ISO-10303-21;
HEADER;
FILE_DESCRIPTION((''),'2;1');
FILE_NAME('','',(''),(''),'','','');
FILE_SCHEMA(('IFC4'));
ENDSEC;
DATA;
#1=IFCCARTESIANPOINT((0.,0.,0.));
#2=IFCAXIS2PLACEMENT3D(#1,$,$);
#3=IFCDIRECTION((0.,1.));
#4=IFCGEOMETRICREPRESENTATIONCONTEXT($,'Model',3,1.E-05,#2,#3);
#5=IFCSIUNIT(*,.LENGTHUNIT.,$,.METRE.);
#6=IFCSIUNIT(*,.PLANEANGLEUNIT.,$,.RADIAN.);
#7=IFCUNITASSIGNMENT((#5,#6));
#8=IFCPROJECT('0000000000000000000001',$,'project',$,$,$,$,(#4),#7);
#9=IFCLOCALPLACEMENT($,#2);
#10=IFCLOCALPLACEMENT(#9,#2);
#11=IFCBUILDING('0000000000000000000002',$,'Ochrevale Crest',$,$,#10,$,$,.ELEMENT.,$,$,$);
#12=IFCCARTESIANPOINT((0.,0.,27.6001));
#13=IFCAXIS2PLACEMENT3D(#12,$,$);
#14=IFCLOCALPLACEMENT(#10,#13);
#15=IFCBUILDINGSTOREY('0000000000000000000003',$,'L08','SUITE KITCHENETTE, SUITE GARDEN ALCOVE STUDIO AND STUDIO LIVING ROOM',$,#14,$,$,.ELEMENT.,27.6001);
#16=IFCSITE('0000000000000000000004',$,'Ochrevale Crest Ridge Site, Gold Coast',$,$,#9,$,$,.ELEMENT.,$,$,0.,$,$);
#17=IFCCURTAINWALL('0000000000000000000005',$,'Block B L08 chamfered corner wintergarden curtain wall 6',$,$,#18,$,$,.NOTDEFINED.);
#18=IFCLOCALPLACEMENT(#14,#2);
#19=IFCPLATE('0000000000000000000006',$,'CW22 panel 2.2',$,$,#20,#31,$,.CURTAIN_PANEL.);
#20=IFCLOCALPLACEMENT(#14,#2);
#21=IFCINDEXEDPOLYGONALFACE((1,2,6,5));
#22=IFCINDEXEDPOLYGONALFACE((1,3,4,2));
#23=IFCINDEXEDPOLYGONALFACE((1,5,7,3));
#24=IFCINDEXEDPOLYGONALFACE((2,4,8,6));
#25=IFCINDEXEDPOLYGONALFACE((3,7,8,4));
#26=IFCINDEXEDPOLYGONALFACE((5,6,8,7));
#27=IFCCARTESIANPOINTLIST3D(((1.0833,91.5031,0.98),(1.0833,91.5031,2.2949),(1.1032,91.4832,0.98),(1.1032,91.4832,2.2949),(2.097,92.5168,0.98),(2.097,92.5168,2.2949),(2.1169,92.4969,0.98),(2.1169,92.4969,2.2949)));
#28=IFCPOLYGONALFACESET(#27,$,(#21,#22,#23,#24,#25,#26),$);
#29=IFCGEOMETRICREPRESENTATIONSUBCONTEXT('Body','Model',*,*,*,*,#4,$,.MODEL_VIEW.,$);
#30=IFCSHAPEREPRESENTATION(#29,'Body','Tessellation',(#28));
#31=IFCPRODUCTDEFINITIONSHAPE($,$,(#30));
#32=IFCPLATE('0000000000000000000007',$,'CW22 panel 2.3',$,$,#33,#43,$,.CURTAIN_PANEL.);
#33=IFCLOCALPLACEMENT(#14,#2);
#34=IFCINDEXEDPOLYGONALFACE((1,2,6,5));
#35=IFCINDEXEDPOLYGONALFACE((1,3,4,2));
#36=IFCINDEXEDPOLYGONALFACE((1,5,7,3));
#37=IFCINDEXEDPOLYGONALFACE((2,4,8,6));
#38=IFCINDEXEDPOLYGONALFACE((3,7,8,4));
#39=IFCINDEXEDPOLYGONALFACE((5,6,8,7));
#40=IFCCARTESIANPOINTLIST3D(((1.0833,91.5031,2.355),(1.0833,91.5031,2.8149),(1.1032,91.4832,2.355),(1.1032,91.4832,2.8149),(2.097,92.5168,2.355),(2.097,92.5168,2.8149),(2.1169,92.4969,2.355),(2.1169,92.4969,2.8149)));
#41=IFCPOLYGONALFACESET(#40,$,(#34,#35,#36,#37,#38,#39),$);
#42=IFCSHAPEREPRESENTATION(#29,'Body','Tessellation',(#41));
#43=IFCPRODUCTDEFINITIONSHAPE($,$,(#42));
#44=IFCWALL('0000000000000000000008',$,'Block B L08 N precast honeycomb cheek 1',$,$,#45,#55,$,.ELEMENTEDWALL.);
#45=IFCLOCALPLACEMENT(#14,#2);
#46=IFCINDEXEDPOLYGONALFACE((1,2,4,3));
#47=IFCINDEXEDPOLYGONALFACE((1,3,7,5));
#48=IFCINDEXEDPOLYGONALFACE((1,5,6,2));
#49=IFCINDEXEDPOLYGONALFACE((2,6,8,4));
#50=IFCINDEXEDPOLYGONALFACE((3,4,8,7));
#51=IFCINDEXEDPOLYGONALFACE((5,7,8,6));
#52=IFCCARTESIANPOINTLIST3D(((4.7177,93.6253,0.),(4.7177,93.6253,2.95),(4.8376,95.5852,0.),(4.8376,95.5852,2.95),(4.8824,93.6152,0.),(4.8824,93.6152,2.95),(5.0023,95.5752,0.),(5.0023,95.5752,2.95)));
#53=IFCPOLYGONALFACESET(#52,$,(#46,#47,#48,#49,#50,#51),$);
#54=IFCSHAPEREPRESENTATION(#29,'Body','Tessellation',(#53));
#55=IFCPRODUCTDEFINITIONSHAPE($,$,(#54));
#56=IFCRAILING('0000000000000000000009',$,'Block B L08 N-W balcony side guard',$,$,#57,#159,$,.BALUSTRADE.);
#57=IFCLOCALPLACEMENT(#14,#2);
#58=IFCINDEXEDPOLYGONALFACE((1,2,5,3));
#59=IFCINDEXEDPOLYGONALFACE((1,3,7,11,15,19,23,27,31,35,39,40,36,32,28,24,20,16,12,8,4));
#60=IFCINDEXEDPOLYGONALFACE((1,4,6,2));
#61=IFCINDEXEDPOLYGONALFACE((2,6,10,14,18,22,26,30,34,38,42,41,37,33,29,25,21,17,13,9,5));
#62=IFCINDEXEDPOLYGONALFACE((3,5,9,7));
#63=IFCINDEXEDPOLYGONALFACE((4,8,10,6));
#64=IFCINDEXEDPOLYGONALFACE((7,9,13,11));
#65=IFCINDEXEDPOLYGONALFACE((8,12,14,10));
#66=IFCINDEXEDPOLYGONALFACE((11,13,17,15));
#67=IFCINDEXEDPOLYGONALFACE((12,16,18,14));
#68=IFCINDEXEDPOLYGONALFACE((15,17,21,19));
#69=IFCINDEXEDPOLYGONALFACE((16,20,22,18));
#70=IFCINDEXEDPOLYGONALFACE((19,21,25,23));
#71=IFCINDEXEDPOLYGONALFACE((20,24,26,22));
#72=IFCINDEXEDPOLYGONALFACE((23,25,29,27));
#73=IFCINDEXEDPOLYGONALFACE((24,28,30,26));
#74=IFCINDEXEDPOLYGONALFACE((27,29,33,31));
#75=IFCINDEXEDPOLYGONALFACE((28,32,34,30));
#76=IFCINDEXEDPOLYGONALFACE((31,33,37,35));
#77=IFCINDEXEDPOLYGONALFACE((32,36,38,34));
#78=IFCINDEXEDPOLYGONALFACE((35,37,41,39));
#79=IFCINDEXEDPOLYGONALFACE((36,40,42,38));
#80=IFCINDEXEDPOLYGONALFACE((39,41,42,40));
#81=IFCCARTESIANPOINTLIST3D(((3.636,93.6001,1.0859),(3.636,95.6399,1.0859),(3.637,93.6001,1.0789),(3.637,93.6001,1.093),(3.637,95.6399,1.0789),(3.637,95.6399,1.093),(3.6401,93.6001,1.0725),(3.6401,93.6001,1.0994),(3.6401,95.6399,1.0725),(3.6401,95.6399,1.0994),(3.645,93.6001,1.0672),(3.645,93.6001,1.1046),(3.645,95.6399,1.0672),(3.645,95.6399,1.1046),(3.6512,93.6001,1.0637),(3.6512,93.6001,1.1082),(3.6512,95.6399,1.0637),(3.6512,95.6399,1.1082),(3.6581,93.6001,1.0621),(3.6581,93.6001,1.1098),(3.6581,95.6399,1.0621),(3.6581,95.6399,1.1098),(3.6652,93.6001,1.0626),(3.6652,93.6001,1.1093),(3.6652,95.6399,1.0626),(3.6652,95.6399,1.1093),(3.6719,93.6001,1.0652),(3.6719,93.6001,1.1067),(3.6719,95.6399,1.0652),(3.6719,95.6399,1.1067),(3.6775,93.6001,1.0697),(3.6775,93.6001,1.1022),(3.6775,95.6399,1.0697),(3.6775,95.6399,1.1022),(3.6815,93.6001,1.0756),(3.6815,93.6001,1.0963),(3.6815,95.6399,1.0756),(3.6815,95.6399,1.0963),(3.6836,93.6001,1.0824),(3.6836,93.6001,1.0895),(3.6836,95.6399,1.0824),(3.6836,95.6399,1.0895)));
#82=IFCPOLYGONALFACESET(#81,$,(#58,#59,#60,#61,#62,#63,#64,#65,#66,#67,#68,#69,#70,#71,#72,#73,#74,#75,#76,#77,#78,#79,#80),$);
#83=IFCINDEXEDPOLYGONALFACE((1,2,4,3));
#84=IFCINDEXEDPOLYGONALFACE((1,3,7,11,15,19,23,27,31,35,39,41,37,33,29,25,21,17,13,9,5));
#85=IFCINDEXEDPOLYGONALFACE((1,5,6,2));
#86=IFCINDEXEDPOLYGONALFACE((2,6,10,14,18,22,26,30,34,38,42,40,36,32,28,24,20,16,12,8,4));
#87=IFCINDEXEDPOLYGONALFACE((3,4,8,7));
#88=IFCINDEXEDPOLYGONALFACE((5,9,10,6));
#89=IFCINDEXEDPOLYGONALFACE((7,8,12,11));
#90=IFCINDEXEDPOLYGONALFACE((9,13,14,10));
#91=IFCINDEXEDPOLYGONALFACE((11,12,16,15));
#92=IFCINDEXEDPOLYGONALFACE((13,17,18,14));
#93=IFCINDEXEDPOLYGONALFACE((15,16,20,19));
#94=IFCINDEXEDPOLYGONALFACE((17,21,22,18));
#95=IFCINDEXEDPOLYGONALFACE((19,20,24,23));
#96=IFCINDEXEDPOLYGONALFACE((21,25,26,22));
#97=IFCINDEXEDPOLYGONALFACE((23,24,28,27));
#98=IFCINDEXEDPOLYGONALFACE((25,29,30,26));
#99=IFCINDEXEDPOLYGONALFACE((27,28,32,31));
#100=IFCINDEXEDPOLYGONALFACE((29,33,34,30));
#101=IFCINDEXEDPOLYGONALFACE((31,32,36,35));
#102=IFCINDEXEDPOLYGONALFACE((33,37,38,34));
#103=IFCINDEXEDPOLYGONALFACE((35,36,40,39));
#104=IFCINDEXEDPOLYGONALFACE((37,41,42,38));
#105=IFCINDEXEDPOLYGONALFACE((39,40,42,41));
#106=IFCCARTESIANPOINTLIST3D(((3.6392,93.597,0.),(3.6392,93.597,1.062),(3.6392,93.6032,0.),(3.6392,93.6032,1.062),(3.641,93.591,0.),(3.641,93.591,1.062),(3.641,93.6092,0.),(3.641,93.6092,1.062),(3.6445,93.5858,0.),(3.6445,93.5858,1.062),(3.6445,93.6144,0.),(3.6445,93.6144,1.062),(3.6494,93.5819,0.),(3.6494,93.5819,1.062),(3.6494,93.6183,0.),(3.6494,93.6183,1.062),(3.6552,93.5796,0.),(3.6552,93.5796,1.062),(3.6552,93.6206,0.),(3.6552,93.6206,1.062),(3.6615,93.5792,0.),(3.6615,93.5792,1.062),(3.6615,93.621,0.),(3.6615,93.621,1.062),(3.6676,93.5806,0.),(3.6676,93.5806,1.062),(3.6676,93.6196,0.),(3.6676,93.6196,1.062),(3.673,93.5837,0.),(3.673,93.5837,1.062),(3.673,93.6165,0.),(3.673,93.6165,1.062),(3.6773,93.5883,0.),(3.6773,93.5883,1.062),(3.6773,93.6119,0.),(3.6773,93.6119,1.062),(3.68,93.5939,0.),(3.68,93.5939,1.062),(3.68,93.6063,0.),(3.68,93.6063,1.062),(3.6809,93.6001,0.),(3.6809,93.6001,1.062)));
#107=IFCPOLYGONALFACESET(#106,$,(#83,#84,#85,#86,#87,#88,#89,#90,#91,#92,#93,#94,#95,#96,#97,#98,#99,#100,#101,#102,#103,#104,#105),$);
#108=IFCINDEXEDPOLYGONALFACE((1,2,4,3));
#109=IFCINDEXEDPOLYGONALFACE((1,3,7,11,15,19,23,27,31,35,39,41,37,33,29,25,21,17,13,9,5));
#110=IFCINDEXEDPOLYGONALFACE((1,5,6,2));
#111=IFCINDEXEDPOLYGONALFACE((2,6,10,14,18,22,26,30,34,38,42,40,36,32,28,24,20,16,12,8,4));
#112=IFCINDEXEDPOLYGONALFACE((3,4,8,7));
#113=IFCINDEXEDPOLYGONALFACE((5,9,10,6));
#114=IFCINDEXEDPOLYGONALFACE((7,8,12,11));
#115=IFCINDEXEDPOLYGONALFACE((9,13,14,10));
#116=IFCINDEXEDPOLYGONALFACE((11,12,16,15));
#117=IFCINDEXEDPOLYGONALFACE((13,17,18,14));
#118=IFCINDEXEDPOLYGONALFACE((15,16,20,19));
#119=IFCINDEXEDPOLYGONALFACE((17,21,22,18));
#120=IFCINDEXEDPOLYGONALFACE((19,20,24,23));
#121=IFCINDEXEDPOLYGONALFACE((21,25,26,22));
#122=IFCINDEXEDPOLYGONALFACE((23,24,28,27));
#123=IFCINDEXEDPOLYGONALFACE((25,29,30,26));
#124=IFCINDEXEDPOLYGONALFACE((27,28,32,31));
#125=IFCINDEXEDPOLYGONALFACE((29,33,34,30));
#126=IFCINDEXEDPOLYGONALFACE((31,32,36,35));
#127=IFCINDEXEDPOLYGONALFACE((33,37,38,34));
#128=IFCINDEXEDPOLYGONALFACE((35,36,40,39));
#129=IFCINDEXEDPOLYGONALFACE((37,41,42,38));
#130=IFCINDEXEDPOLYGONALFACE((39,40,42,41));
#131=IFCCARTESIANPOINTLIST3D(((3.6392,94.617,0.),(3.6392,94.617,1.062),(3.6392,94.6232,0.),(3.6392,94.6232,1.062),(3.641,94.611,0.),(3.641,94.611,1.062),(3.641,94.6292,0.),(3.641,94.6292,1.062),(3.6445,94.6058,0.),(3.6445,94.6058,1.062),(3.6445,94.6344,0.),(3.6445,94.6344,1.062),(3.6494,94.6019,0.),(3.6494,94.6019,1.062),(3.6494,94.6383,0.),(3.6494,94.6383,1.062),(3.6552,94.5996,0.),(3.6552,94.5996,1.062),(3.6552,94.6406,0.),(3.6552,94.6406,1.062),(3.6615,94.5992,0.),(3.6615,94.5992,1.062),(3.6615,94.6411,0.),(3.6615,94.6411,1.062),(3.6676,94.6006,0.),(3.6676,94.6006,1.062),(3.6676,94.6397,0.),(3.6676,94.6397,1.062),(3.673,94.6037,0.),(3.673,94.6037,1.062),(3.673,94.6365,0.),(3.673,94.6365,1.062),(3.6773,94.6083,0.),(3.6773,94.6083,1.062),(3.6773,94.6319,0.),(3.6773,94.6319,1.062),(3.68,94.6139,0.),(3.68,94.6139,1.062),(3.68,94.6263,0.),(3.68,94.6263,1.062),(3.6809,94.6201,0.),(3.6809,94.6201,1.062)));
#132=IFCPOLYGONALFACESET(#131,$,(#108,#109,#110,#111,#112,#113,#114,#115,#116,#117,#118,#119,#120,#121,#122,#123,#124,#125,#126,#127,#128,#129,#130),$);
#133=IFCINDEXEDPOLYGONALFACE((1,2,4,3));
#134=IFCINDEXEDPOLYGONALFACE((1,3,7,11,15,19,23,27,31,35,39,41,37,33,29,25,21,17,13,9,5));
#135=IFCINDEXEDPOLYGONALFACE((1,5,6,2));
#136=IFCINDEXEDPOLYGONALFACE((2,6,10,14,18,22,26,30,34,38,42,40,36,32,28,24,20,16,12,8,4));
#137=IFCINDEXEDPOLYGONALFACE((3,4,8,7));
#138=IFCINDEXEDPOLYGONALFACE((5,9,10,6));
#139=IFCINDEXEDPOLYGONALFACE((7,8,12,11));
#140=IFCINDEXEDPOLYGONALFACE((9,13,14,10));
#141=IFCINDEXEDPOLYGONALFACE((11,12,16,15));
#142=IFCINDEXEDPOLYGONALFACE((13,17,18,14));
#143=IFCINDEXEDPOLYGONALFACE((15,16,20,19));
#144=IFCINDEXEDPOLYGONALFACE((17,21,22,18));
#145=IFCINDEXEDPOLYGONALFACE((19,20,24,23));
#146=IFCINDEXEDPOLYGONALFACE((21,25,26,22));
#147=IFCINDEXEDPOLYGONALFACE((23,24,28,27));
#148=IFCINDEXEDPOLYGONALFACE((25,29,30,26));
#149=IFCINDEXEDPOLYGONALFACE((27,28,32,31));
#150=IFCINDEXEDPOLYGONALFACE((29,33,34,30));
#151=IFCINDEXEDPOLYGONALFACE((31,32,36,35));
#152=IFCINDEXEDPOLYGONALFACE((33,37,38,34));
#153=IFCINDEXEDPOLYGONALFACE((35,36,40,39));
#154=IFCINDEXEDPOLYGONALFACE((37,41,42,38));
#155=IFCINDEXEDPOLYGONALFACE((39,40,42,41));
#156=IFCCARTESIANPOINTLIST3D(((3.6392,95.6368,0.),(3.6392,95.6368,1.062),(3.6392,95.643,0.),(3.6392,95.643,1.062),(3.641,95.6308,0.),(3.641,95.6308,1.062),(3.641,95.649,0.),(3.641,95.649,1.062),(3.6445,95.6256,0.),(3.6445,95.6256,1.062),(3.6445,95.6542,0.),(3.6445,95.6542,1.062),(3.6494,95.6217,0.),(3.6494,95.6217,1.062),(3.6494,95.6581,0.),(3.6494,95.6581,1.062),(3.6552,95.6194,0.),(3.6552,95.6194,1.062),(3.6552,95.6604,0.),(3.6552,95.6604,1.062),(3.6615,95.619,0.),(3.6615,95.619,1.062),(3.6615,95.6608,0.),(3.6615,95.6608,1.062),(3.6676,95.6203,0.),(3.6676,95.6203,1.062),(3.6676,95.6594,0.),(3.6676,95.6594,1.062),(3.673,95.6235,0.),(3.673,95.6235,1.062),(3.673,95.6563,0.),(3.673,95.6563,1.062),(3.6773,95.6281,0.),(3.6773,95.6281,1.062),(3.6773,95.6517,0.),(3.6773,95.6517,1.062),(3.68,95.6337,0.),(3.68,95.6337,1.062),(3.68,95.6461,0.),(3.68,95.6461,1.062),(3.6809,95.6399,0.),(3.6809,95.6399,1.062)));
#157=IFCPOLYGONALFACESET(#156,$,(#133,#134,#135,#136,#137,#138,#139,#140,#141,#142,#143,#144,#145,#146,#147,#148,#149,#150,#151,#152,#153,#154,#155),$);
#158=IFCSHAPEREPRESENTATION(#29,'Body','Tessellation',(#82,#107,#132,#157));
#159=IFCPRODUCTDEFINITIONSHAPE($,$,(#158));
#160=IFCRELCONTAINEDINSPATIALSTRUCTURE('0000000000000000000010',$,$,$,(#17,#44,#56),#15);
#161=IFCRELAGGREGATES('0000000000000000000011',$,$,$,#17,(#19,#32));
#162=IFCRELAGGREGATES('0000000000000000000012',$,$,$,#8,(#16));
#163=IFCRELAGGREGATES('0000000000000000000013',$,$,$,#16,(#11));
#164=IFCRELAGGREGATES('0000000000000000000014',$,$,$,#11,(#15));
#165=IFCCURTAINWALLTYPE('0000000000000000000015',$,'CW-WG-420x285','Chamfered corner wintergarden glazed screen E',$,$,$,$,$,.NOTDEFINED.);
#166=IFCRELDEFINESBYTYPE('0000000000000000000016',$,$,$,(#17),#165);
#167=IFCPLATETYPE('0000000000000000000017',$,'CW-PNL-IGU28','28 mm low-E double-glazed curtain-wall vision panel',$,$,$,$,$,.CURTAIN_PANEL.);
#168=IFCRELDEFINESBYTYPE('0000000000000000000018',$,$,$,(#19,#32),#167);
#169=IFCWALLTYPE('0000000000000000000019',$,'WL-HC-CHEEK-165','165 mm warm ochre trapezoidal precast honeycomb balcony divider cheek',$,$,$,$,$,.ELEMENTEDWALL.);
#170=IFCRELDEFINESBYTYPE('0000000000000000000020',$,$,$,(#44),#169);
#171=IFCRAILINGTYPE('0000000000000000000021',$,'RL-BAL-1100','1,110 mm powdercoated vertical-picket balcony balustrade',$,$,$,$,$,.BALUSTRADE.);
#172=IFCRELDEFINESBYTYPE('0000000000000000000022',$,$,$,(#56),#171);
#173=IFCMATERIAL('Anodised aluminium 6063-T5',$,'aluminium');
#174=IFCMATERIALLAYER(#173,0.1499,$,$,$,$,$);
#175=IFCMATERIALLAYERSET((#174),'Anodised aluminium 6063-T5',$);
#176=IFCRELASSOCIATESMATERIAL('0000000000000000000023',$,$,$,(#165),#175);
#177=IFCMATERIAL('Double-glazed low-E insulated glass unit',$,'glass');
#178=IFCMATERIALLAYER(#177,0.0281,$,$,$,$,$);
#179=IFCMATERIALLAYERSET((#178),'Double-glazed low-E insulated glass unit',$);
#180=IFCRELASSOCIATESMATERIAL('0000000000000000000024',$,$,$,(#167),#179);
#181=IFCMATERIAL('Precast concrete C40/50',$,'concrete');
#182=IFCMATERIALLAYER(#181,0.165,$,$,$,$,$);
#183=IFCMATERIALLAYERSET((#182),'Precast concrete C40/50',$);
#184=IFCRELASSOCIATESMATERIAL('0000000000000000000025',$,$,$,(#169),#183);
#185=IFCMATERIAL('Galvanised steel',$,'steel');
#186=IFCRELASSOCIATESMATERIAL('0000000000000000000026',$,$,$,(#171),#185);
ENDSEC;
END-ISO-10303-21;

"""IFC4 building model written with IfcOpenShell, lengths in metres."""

from ifc_helpers import new_model, si_unit, direction, frame, frame_2d, origin, origin_2d, place, context, subcontext, project, spatial, rectangle, circle, extrude, material, layer, layer_set, type_object, element, aggregate, save


model = new_model("IFC4")

# Units and contexts
model_context = context("Model", 3, precision=1e-05, world=origin(), true_north=direction((0.0, 1.0)))
body_context = subcontext(model_context, "Body", "Model", "MODEL_VIEW")
ifc_project = project(units=[si_unit("LENGTHUNIT", "METRE"), si_unit("PLANEANGLEUNIT", "RADIAN")], contexts=[model_context])

# Site, building, storey
site_placement = place(None, origin())
site = spatial("IfcSite", under=ifc_project, at=site_placement, Name="Ochrevale Crest Ridge Site, Gold Coast", CompositionType="ELEMENT", RefElevation=0.0)
building_placement = place(site_placement, origin())
building = spatial("IfcBuilding", under=site, at=building_placement, Name="Ochrevale Crest", CompositionType="ELEMENT")
storey_placement = place(building_placement, frame((0.0, 0.0, 27.6001)))
storey = spatial("IfcBuildingStorey", under=building, at=storey_placement, Name="L08", Description="SUITE KITCHENETTE, SUITE GARDEN ALCOVE STUDIO AND STUDIO LIVING ROOM", CompositionType="ELEMENT", Elevation=27.6001)

# Curtain wall, plates
ifc_material_1 = material(Name="Anodised aluminium 6063-T5", Category="aluminium")
ifc_layer_1 = layer(ifc_material_1, 0.1499)
ifc_layer_set_1 = layer_set([ifc_layer_1], Name="Anodised aluminium 6063-T5")
curtain_wall_type = type_object("IfcCurtainWallType", Name="CW-WG-420x285", Description="Chamfered corner wintergarden glazed screen E", PredefinedType="NOTDEFINED", material=ifc_layer_set_1)
curtain_wall_placement = place(storey_placement, origin())
curtain_wall = element("IfcCurtainWall", 1, at=curtain_wall_placement, inside=storey, type_object=curtain_wall_type, Name="Block B L08 chamfered corner wintergarden curtain wall 6", PredefinedType="NOTDEFINED")
ifc_material_2 = material(Name="Double-glazed low-E insulated glass unit", Category="glass")
ifc_layer_2 = layer(ifc_material_2, 0.0281)
ifc_layer_set_2 = layer_set([ifc_layer_2], Name="Double-glazed low-E insulated glass unit")
plate_type = type_object("IfcPlateType", Name="CW-PNL-IGU28", Description="28 mm low-E double-glazed curtain-wall vision panel", PredefinedType="CURTAIN_PANEL", material=ifc_layer_set_2)
plate_1_placement = place(storey_placement, frame((1.6001, 92.0, 0.98), z_axis=(0.0, 0.0, 1.0), x_axis=(-0.707107, -0.707107, 0.0)))
plate_1 = element("IfcPlate", 2, at=plate_1_placement, type_object=plate_type, Name="CW22 panel 2.2", PredefinedType="CURTAIN_PANEL", context=body_context, shape_type="SweptSolid", body=[
    extrude(rectangle(XDim=1.4336, YDim=0.0281, at=origin_2d()), origin(), (0.0, 0.0, 1.0), 1.3149),
])
plate_2_placement = place(storey_placement, frame((1.6001, 92.0, 2.355), z_axis=(0.0, 0.0, 1.0), x_axis=(-0.707107, -0.707107, 0.0)))
plate_2 = element("IfcPlate", 3, at=plate_2_placement, type_object=plate_type, Name="CW22 panel 2.3", PredefinedType="CURTAIN_PANEL", context=body_context, shape_type="SweptSolid", body=[
    extrude(rectangle(XDim=1.4336, YDim=0.0281, at=origin_2d()), origin(), (0.0, 0.0, 1.0), 0.46),
])
aggregate(curtain_wall, [plate_1, plate_2])

# Wall
ifc_material_3 = material(Name="Precast concrete C40/50", Category="concrete")
ifc_layer_3 = layer(ifc_material_3, 0.165)
ifc_layer_set_3 = layer_set([ifc_layer_3], Name="Precast concrete C40/50")
wall_type = type_object("IfcWallType", Name="WL-HC-CHEEK-165", Description="165 mm warm ochre trapezoidal precast honeycomb balcony divider cheek", PredefinedType="ELEMENTEDWALL", material=ifc_layer_set_3)
wall_placement = place(storey_placement, frame((4.8, 93.6201, 0.0), z_axis=(0.0, 0.0, 1.0), x_axis=(0.061047, 0.998135, 0.0)))
element("IfcWall", 4, at=wall_placement, inside=storey, type_object=wall_type, Name="Block B L08 N precast honeycomb cheek 1", PredefinedType="ELEMENTEDWALL", context=body_context, shape_type="SweptSolid", body=[
    extrude(rectangle(XDim=1.9636, YDim=0.165, at=frame_2d((0.9819, 0.0))), origin(), (0.0, 0.0, 1.0), 2.95),
])

# Railing
ifc_material_4 = material(Name="Galvanised steel", Category="steel")
railing_type = type_object("IfcRailingType", Name="RL-BAL-1100", Description="1,110 mm powdercoated vertical-picket balcony balustrade", PredefinedType="BALUSTRADE", material=ifc_material_4)
railing_1_placement = place(storey_placement, frame((3.6599, 93.6001, 0.0)))
element("IfcRailing", 5, at=railing_1_placement, inside=storey, type_object=railing_type, Name="Block B L08 N-W balcony side guard", PredefinedType="BALUSTRADE", context=body_context, shape_type="SweptSolid", body=[
    extrude(circle(Radius=0.0239, at=origin_2d()), frame((0.0, 0.0, 1.0859), z_axis=(0.0, 1.0, 0.0), x_axis=(-1.0, 0.0, 0.0)), (0.0, 0.0, 1.0), 2.0398),
    extrude(circle(Radius=0.021, at=origin_2d()), origin(), (0.0, 0.0, 1.0), 1.062),
    extrude(circle(Radius=0.021, at=origin_2d()), frame((0.0, 1.02, 0.0)), (0.0, 0.0, 1.0), 1.062),
    extrude(circle(Radius=0.021, at=origin_2d()), frame((0.0, 2.0398, 0.0)), (0.0, 0.0, 1.0), 1.062),
])

save(model, "model.ifc")
